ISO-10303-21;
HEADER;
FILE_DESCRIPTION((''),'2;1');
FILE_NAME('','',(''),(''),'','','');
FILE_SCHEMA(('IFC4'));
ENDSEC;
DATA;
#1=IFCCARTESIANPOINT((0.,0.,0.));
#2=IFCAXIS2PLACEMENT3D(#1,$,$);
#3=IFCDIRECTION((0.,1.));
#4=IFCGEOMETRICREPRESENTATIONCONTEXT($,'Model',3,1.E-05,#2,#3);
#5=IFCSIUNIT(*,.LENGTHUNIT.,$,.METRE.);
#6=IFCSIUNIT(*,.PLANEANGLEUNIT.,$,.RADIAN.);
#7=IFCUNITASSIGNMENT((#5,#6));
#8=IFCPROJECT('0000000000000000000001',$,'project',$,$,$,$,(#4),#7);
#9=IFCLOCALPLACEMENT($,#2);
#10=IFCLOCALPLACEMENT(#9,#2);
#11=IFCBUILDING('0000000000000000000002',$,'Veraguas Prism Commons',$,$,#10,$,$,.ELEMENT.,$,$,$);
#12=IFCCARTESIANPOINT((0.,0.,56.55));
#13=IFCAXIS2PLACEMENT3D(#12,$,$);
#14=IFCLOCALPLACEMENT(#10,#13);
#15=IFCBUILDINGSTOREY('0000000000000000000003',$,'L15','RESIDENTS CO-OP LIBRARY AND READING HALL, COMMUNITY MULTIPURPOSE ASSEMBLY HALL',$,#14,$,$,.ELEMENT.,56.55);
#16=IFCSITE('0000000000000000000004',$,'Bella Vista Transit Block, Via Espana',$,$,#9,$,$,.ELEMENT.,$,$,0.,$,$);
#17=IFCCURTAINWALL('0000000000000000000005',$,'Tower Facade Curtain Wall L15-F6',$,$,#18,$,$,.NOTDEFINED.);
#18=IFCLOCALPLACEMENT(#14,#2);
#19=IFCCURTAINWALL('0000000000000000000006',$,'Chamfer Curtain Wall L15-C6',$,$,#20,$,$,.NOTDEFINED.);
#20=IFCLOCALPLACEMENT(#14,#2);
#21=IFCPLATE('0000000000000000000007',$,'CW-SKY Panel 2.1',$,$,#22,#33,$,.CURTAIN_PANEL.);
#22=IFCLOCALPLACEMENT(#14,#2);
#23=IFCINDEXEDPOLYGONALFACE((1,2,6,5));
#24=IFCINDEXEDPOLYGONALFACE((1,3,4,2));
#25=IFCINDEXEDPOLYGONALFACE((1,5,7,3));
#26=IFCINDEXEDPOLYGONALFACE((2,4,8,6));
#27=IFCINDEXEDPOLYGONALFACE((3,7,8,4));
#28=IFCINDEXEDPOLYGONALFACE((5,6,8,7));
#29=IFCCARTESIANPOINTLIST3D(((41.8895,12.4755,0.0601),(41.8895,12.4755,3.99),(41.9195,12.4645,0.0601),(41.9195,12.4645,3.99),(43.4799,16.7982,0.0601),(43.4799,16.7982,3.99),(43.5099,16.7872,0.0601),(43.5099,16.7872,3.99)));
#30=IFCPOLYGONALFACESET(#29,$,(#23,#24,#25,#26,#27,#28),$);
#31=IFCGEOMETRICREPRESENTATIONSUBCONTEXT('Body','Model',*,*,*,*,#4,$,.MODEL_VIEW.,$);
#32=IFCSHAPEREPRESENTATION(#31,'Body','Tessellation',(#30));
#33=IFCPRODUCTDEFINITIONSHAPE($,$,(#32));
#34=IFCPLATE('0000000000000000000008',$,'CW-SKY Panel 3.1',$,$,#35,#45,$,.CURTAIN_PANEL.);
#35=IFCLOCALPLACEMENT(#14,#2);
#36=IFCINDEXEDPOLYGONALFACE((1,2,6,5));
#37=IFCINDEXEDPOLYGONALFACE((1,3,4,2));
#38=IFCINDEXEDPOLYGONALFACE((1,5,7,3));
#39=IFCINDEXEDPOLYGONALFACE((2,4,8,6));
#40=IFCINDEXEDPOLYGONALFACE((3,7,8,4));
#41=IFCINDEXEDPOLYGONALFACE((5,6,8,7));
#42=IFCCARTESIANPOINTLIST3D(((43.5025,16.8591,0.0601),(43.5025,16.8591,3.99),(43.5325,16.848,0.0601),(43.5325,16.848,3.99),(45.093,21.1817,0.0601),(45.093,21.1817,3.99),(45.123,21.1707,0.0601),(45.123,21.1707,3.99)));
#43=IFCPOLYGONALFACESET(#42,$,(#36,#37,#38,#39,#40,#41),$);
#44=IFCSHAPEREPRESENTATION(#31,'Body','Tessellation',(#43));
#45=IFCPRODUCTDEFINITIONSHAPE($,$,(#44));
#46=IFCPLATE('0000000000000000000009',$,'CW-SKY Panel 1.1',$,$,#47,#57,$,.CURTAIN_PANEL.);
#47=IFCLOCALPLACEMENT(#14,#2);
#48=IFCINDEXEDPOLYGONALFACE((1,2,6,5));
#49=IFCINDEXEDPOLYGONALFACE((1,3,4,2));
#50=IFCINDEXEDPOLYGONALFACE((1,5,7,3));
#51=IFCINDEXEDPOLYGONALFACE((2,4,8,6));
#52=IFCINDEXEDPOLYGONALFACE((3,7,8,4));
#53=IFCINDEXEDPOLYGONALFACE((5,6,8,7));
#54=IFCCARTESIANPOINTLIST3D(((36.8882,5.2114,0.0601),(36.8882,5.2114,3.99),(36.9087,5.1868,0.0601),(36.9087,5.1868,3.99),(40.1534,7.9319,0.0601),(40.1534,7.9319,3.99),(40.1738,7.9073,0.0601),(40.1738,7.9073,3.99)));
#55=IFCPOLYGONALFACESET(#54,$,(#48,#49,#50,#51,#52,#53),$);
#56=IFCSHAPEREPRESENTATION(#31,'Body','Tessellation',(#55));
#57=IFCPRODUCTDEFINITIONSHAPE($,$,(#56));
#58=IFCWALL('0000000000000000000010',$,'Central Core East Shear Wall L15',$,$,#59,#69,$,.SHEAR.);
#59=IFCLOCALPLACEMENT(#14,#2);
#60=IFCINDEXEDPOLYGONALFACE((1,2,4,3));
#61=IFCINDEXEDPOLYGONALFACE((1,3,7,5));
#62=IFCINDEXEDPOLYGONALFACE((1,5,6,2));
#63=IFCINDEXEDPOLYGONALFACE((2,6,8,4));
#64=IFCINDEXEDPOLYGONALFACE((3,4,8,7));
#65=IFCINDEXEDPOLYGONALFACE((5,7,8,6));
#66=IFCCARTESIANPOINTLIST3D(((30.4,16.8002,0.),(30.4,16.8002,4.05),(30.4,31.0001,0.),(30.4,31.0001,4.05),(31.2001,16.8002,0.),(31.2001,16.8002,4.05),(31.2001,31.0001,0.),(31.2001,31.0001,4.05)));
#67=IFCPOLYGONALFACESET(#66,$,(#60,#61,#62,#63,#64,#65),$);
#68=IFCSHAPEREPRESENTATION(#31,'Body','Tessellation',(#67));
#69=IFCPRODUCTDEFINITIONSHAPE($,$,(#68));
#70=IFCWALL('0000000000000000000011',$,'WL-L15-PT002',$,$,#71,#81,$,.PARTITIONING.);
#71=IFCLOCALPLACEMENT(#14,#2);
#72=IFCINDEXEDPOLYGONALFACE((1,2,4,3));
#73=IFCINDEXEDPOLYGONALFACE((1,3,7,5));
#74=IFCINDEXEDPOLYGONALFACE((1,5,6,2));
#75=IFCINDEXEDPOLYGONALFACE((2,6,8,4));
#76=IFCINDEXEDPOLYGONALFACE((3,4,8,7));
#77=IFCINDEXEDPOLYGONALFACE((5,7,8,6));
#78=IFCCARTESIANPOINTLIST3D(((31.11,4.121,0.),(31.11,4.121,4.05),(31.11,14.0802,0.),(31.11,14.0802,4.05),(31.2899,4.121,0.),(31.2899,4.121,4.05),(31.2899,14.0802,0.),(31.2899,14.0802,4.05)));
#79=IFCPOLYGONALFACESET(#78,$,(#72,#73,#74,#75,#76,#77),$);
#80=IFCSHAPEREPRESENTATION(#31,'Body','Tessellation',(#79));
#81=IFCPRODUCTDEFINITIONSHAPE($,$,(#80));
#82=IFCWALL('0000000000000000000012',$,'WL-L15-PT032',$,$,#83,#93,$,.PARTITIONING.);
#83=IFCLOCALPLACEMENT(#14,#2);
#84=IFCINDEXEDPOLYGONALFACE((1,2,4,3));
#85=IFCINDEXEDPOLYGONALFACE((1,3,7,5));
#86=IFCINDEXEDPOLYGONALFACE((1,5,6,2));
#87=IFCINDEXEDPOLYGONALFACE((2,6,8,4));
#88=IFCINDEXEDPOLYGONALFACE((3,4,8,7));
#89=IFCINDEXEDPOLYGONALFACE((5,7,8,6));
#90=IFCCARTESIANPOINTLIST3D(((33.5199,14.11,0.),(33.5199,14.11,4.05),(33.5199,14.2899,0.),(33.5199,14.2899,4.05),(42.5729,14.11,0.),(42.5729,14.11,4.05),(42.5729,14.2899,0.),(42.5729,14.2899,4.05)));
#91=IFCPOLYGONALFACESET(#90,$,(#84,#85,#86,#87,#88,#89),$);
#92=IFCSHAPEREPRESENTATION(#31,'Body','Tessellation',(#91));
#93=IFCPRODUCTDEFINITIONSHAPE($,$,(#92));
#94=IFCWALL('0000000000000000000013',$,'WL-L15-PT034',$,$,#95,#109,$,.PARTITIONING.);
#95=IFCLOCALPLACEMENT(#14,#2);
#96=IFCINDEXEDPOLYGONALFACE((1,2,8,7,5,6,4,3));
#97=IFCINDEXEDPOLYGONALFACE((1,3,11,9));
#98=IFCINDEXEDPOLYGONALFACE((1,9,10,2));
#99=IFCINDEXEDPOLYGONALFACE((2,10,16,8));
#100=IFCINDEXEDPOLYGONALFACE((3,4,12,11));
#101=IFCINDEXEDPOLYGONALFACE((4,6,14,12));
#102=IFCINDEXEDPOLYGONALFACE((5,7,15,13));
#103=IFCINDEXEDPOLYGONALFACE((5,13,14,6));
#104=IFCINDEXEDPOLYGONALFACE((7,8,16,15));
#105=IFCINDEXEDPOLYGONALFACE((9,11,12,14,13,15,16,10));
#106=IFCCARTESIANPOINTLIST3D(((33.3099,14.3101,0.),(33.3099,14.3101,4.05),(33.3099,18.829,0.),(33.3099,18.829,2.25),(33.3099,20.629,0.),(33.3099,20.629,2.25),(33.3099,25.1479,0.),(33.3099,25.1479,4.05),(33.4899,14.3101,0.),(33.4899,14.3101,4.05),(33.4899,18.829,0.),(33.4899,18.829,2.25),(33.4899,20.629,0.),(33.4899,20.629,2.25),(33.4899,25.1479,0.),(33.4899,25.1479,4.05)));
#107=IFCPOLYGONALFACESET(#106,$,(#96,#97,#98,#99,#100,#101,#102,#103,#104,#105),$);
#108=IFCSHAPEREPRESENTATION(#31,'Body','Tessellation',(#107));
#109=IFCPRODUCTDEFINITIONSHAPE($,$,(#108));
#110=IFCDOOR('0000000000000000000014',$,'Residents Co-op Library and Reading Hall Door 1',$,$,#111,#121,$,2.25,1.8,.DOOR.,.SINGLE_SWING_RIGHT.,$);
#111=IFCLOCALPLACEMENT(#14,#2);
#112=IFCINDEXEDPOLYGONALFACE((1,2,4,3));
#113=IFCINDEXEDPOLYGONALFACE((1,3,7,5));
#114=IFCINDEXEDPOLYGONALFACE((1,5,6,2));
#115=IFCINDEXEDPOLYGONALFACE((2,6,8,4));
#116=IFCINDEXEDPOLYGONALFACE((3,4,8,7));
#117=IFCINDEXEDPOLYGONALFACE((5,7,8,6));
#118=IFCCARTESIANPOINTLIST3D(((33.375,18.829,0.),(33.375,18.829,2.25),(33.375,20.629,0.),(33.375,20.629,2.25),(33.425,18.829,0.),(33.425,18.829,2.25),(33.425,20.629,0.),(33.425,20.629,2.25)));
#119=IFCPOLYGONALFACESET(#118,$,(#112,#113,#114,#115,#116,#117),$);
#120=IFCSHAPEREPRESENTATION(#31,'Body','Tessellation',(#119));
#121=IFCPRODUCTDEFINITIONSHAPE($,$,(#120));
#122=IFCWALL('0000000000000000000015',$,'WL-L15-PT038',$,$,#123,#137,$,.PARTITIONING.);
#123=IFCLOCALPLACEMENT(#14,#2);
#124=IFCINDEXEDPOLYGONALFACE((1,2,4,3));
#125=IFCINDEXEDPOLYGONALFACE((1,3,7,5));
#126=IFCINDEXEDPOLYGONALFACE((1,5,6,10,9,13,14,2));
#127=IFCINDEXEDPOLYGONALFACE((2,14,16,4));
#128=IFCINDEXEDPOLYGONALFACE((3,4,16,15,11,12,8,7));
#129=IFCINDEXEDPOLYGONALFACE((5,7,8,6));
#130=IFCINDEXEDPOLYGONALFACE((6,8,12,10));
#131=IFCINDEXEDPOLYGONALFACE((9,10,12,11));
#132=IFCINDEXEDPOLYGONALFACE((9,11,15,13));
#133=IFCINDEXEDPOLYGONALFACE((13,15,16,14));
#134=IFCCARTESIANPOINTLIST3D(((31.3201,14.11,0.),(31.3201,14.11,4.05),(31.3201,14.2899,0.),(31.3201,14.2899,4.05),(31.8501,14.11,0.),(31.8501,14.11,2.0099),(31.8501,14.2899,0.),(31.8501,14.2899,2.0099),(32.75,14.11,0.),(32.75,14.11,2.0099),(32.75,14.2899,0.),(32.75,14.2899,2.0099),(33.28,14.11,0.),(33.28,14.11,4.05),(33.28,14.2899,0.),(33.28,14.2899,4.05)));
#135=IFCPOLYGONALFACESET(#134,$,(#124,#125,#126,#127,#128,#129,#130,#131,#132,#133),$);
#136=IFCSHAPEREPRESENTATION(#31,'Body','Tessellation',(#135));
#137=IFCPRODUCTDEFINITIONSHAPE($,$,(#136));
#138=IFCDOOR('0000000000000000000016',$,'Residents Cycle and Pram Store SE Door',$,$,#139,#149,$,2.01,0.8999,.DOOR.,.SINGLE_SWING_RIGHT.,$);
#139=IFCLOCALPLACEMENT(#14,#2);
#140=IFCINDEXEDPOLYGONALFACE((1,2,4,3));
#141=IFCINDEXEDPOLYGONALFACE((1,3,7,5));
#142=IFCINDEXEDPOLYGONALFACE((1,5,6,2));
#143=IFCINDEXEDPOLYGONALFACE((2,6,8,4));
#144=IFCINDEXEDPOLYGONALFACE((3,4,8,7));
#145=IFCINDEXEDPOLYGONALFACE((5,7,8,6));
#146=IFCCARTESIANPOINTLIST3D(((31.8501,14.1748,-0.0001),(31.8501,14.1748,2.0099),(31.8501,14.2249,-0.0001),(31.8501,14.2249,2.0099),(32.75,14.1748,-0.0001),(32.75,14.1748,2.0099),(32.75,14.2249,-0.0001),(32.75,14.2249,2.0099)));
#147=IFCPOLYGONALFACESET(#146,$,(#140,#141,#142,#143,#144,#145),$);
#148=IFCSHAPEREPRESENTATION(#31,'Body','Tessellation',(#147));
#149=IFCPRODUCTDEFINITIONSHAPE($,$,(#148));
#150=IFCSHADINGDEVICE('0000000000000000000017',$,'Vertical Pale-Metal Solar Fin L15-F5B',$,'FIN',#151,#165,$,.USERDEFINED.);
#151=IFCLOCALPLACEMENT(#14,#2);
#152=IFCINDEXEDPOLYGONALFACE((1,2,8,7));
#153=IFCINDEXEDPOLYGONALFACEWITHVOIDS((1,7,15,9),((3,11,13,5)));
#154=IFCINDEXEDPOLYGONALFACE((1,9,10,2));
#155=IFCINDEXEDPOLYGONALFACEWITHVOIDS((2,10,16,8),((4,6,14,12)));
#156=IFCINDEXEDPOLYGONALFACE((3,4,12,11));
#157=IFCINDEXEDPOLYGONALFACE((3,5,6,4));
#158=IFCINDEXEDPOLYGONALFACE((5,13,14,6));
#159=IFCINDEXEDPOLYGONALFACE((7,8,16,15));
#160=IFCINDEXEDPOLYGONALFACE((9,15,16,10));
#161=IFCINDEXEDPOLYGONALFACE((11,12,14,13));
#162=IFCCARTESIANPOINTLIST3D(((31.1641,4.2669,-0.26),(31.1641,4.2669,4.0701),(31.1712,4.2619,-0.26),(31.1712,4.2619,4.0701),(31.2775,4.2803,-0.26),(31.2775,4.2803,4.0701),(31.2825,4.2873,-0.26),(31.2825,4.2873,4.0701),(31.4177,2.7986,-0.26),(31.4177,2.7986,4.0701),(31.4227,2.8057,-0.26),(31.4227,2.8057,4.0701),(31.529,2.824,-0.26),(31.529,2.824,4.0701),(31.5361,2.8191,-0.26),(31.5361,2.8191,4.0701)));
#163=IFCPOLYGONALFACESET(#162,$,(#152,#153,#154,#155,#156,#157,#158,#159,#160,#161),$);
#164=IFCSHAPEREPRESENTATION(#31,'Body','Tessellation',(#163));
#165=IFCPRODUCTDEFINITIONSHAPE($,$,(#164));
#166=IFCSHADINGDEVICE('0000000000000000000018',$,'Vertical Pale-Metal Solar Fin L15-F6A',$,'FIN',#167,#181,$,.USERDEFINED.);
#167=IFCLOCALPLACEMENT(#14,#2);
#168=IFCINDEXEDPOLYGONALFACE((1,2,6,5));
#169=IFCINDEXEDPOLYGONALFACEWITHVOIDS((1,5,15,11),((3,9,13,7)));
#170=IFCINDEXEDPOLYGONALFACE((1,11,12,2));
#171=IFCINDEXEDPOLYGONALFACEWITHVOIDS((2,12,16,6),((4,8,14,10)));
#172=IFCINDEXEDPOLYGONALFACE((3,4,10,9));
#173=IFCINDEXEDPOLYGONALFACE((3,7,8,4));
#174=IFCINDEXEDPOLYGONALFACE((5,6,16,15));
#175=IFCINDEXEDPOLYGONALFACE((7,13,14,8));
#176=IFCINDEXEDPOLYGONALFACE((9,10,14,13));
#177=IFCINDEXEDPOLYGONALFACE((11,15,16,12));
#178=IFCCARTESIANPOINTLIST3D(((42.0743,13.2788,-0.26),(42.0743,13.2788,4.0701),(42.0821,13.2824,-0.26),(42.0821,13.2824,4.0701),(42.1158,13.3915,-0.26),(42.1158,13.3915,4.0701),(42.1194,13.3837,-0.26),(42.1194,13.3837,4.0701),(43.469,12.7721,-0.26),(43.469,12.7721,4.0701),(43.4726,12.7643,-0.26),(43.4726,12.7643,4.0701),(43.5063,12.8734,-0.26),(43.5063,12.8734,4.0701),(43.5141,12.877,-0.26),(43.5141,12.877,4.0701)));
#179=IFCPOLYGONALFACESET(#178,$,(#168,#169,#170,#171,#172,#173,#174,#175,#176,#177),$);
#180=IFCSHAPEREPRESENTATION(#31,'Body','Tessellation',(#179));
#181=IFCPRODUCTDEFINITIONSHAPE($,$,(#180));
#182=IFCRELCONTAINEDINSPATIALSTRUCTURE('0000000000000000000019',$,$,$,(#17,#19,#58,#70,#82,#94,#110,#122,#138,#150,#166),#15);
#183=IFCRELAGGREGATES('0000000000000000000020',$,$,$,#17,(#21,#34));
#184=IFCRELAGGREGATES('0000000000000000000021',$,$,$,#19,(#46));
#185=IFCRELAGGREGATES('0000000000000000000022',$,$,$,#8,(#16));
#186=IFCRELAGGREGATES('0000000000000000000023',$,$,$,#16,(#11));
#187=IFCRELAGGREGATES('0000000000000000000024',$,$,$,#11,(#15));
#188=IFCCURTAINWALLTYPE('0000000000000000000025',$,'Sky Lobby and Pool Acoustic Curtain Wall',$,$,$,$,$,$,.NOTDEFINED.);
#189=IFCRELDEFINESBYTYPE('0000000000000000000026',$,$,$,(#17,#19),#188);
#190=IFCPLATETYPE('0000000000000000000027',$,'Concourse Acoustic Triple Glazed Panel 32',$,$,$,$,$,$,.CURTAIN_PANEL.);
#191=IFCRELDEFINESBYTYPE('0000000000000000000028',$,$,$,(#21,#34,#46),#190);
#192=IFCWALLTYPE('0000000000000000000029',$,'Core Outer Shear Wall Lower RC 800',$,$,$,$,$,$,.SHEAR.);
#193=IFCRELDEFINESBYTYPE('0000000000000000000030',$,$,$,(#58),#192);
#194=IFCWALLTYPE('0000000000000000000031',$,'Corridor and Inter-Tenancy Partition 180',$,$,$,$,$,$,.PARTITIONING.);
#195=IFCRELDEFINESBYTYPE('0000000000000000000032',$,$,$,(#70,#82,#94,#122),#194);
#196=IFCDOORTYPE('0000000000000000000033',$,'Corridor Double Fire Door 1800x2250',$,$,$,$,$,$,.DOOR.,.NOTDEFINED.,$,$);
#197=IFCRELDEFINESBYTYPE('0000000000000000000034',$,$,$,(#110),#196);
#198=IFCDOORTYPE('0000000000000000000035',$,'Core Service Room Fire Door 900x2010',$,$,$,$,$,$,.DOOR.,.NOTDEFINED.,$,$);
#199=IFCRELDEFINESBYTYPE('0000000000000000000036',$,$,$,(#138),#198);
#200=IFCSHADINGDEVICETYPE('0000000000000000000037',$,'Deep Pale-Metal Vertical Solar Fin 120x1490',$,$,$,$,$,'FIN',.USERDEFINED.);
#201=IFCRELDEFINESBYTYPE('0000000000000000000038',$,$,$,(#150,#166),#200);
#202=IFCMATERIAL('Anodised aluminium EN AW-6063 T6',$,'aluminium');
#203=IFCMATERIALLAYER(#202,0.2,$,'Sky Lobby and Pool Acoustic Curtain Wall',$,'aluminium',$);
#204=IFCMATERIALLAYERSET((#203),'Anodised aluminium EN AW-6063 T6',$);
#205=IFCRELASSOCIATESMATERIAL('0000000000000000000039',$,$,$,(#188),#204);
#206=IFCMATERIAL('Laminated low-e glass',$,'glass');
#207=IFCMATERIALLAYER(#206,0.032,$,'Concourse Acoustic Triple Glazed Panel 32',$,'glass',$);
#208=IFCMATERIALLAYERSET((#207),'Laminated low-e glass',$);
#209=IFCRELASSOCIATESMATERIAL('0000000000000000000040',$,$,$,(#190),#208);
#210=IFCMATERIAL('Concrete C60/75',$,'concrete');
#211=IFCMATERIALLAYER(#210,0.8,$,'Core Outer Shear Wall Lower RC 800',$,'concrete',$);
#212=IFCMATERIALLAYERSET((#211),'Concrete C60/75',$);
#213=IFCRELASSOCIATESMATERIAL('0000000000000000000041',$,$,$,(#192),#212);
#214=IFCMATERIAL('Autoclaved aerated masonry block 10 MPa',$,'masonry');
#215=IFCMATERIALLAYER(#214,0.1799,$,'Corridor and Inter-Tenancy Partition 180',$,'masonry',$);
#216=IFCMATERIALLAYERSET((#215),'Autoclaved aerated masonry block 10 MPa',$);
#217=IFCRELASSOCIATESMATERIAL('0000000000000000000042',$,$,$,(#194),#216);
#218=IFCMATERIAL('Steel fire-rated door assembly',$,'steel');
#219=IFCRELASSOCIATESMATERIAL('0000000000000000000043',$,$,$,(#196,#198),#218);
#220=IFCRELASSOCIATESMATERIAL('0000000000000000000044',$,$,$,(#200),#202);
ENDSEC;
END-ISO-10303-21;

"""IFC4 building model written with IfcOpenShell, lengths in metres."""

from ifc_helpers import new_model, si_unit, direction, frame, frame_2d, origin, origin_2d, place, context, subcontext, project, spatial, rectangle, hollow_rectangle, extrude, source, transform, mapped, material, layer, layer_set, material_profile, profile_set, type_object, element, fill, aggregate, save


model = new_model("IFC4")

# Units and contexts
model_context = context("Model", 3, precision=1e-05, world=origin(), true_north=direction((0.0, 1.0)))
body_context = subcontext(model_context, "Body", "Model", "MODEL_VIEW")
ifc_project = project(units=[si_unit("LENGTHUNIT", "METRE"), si_unit("PLANEANGLEUNIT", "RADIAN")], contexts=[model_context])

# Site, building, storey
site_placement = place(None, origin())
site = spatial("IfcSite", under=ifc_project, at=site_placement, Name="Bella Vista Transit Block, Via Espana", CompositionType="ELEMENT", RefElevation=0.0)
building_placement = place(site_placement, origin())
building = spatial("IfcBuilding", under=site, at=building_placement, Name="Veraguas Prism Commons", CompositionType="ELEMENT")
storey_placement = place(building_placement, frame((0.0, 0.0, 56.55)))
storey = spatial("IfcBuildingStorey", under=building, at=storey_placement, Name="L15", Description="RESIDENTS CO-OP LIBRARY AND READING HALL, COMMUNITY MULTIPURPOSE ASSEMBLY HALL", CompositionType="ELEMENT", Elevation=56.55)

# Shared definitions
ifc_material_1 = material(Name="Concrete C60/75", Category="concrete")

# Curtain walls
ifc_material_2 = material(Name="Anodised aluminium EN AW-6063 T6", Category="aluminium")
ifc_layer_1 = layer(ifc_material_2, 0.2, Name="Sky Lobby and Pool Acoustic Curtain Wall", Category="aluminium")
ifc_layer_set_1 = layer_set([ifc_layer_1], Name="Anodised aluminium EN AW-6063 T6")
curtain_wall_type = type_object("IfcCurtainWallType", Name="Sky Lobby and Pool Acoustic Curtain Wall", PredefinedType="NOTDEFINED", material=ifc_layer_set_1)
curtain_wall_1_placement = place(storey_placement, origin())
curtain_wall_1 = element("IfcCurtainWall", 1, at=curtain_wall_1_placement, inside=storey, type_object=curtain_wall_type, Name="Tower Facade Curtain Wall L15-F6", PredefinedType="NOTDEFINED")
curtain_wall_2_placement = place(storey_placement, origin())
curtain_wall_2 = element("IfcCurtainWall", 2, at=curtain_wall_2_placement, inside=storey, type_object=curtain_wall_type, Name="Chamfer Curtain Wall L15-C6", PredefinedType="NOTDEFINED")

# Plates
ifc_material_3 = material(Name="Laminated low-e glass", Category="glass")
ifc_layer_2 = layer(ifc_material_3, 0.032, Name="Concourse Acoustic Triple Glazed Panel 32", Category="glass")
ifc_layer_set_2 = layer_set([ifc_layer_2], Name="Laminated low-e glass")
plate_type = type_object("IfcPlateType", Name="Concourse Acoustic Triple Glazed Panel 32", PredefinedType="CURTAIN_PANEL", material=ifc_layer_set_2)
shared_shape_1 = source(origin(), body_context, "Body", "SweptSolid", [
    extrude(rectangle(XDim=4.606, YDim=0.032, at=origin_2d()), origin(), (0.0, 0.0, 1.0), 3.9299),
])
plate_1_placement = place(storey_placement, frame((42.6997, 14.6313, 0.0601), z_axis=(0.0, 0.0, 1.0), x_axis=(0.345301, 0.938492, 0.0)))
plate_1 = element("IfcPlate", 3, at=plate_1_placement, type_object=plate_type, Name="CW-SKY Panel 2.1", PredefinedType="CURTAIN_PANEL", context=body_context, shape_type="MappedRepresentation", body=[
    mapped(shared_shape_1, transform((0.0, 0.0, 0.0), scale=1.0)),
])
plate_2_placement = place(storey_placement, frame((44.3127, 19.0149, 0.0601), z_axis=(0.0, 0.0, 1.0), x_axis=(0.345301, 0.938492, 0.0)))
plate_2 = element("IfcPlate", 4, at=plate_2_placement, type_object=plate_type, Name="CW-SKY Panel 3.1", PredefinedType="CURTAIN_PANEL", context=body_context, shape_type="MappedRepresentation", body=[
    mapped(shared_shape_1, transform((0.0, 0.0, 0.0), scale=1.0)),
])
aggregate(curtain_wall_1, [plate_1, plate_2])
shared_shape_2 = source(origin(), body_context, "Body", "SweptSolid", [
    extrude(rectangle(XDim=4.25, YDim=0.032, at=origin_2d()), origin(), (0.0, 0.0, 1.0), 3.9299),
])
plate_3_placement = place(storey_placement, frame((38.531, 6.5593, 0.0601), z_axis=(0.0, 0.0, 1.0), x_axis=(0.768273, 0.640122, 0.0)))
plate_3 = element("IfcPlate", 5, at=plate_3_placement, type_object=plate_type, Name="CW-SKY Panel 1.1", PredefinedType="CURTAIN_PANEL", context=body_context, shape_type="MappedRepresentation", body=[
    mapped(shared_shape_2, transform((0.0, 0.0, 0.0), scale=1.0)),
])
aggregate(curtain_wall_2, [plate_3])

# Walls
ifc_layer_3 = layer(ifc_material_1, 0.8, Name="Core Outer Shear Wall Lower RC 800", Category="concrete")
ifc_layer_set_3 = layer_set([ifc_layer_3], Name="Concrete C60/75")
wall_type_1 = type_object("IfcWallType", Name="Core Outer Shear Wall Lower RC 800", PredefinedType="SHEAR", material=ifc_layer_set_3)
wall_1_placement = place(storey_placement, frame((30.8, 16.8, 0.0), z_axis=(0.0, 0.0, 1.0), x_axis=(0.0, 1.0, 0.0)))
element("IfcWall", 6, at=wall_1_placement, inside=storey, type_object=wall_type_1, Name="Central Core East Shear Wall L15", PredefinedType="SHEAR", context=body_context, shape_type="SweptSolid", body=[
    extrude(rectangle(XDim=14.2, YDim=0.8, at=frame_2d((7.1001, 0.0))), origin(), (0.0, 0.0, 1.0), 4.05),
])
ifc_material_4 = material(Name="Autoclaved aerated masonry block 10 MPa", Category="masonry")
ifc_layer_4 = layer(ifc_material_4, 0.1799, Name="Corridor and Inter-Tenancy Partition 180", Category="masonry")
ifc_layer_set_4 = layer_set([ifc_layer_4], Name="Autoclaved aerated masonry block 10 MPa")
wall_type_2 = type_object("IfcWallType", Name="Corridor and Inter-Tenancy Partition 180", PredefinedType="PARTITIONING", material=ifc_layer_set_4)
wall_2_placement = place(storey_placement, frame((31.2, 14.0801, 0.0), z_axis=(0.0, 0.0, 1.0), x_axis=(0.0, -1.0, 0.0)))
element("IfcWall", 7, at=wall_2_placement, inside=storey, type_object=wall_type_2, Name="WL-L15-PT002", PredefinedType="PARTITIONING", context=body_context, shape_type="SweptSolid", body=[
    extrude(rectangle(XDim=9.9592, YDim=0.1799, at=frame_2d((4.9795, 0.0))), origin(), (0.0, 0.0, 1.0), 4.05),
])
wall_3_placement = place(storey_placement, frame((33.52, 14.2, 0.0), z_axis=(0.0, 0.0, 1.0), x_axis=(1.0, 0.0, 0.0)))
element("IfcWall", 8, at=wall_3_placement, inside=storey, type_object=wall_type_2, Name="WL-L15-PT032", PredefinedType="PARTITIONING", context=body_context, shape_type="SweptSolid", body=[
    extrude(rectangle(XDim=9.053, YDim=0.1799, at=frame_2d((4.5264, 0.0))), origin(), (0.0, 0.0, 1.0), 4.05),
])

# Walls, openings, doors
wall_4_placement = place(storey_placement, frame((33.3999, 14.3101, 0.0), z_axis=(0.0, 0.0, 1.0), x_axis=(0.0, 1.0, 0.0)))
wall_4 = element("IfcWall", 9, at=wall_4_placement, inside=storey, type_object=wall_type_2, Name="WL-L15-PT034", PredefinedType="PARTITIONING", context=body_context, shape_type="SweptSolid", body=[
    extrude(rectangle(XDim=10.8379, YDim=0.1799, at=frame_2d((5.4189, 0.0))), origin(), (0.0, 0.0, 1.0), 4.05),
])
opening_1_placement = place(wall_4_placement, frame((4.519, 0.0, 0.0)))
opening_1 = element("IfcOpeningElement", 10, at=opening_1_placement, cuts=wall_4, PredefinedType="OPENING", context=body_context, shape_type="SweptSolid", body=[
    extrude(rectangle(XDim=1.8, YDim=2.25, at=frame_2d((0.8999, 1.125))), frame((0.0, 0.0999, 0.0), z_axis=(0.0, -1.0, 0.0), x_axis=(1.0, 0.0, 0.0)), (0.0, 0.0, 1.0), 0.2),
])
ifc_material_5 = material(Name="Steel fire-rated door assembly", Category="steel")
door_type_1 = type_object("IfcDoorType", Name="Corridor Double Fire Door 1800x2250", OperationType="NOTDEFINED", PredefinedType="DOOR", material=ifc_material_5)
shared_shape_3 = source(origin(), body_context, "Body", "SweptSolid", [
    extrude(rectangle(XDim=1.8, YDim=2.25, at=frame_2d((0.8999, 1.125))), frame((0.0, 0.0249, 0.0), z_axis=(0.0, -1.0, 0.0), x_axis=(1.0, 0.0, 0.0)), (0.0, 0.0, 1.0), 0.05),
])
door_1_placement = place(opening_1_placement, origin())
door_1 = element("IfcDoor", 11, at=door_1_placement, inside=storey, type_object=door_type_1, Name="Residents Co-op Library and Reading Hall Door 1", OperationType="SINGLE_SWING_RIGHT", OverallHeight=2.25, OverallWidth=1.8, PredefinedType="DOOR", context=body_context, shape_type="MappedRepresentation", body=[
    mapped(shared_shape_3, transform((0.0, 0.0, 0.0), scale=1.0)),
])
fill(opening_1, door_1)
wall_5_placement = place(storey_placement, frame((31.3201, 14.2, 0.0), z_axis=(0.0, 0.0, 1.0), x_axis=(1.0, 0.0, 0.0)))
wall_5 = element("IfcWall", 12, at=wall_5_placement, inside=storey, type_object=wall_type_2, Name="WL-L15-PT038", PredefinedType="PARTITIONING", context=body_context, shape_type="SweptSolid", body=[
    extrude(rectangle(XDim=1.96, YDim=0.1799, at=frame_2d((0.98, 0.0))), origin(), (0.0, 0.0, 1.0), 4.05),
])
opening_2_placement = place(wall_5_placement, frame((0.53, 0.0, 0.0)))
opening_2 = element("IfcOpeningElement", 13, at=opening_2_placement, cuts=wall_5, PredefinedType="OPENING", context=body_context, shape_type="SweptSolid", body=[
    extrude(rectangle(XDim=0.8999, YDim=2.01, at=frame_2d((0.45, 1.0049))), frame((0.0, 0.0999, 0.0), z_axis=(0.0, -1.0, 0.0), x_axis=(1.0, 0.0, 0.0)), (0.0, 0.0, 1.0), 0.2),
])
door_type_2 = type_object("IfcDoorType", Name="Core Service Room Fire Door 900x2010", OperationType="NOTDEFINED", PredefinedType="DOOR", material=ifc_material_5)
shared_shape_4 = source(origin(), body_context, "Body", "SweptSolid", [
    extrude(rectangle(XDim=0.8999, YDim=2.01, at=frame_2d((0.45, 1.0049))), frame((0.0, 0.0249, 0.0), z_axis=(0.0, -1.0, 0.0), x_axis=(1.0, 0.0, 0.0)), (0.0, 0.0, 1.0), 0.05),
])
door_2_placement = place(opening_2_placement, origin())
door_2 = element("IfcDoor", 14, at=door_2_placement, inside=storey, type_object=door_type_2, Name="Residents Cycle and Pram Store SE Door", OperationType="SINGLE_SWING_RIGHT", OverallHeight=2.01, OverallWidth=0.8999, PredefinedType="DOOR", context=body_context, shape_type="MappedRepresentation", body=[
    mapped(shared_shape_4, transform((0.0, 0.0, 0.0), scale=1.0)),
])
fill(opening_2, door_2)

# Shading devices
ifc_material_profile_1 = material_profile(ifc_material_2, hollow_rectangle(XDim=0.1201, YDim=1.49, WallThickness=0.0061, at=origin_2d()), Name="FIN120X1490X6")
ifc_profile_set_1 = profile_set([ifc_material_profile_1], Name="Anodised aluminium EN AW-6063 T6")
shading_device_type = type_object("IfcShadingDeviceType", Name="Deep Pale-Metal Vertical Solar Fin 120x1490", ElementType="FIN", PredefinedType="USERDEFINED", material=ifc_profile_set_1)
for number, where, z_axis, x_axis, name in (
    (15, (31.3501, 3.543, -0.26), (0.0, 0.0, 1.0), (0.985408, 0.170209, 0.0), "Vertical Pale-Metal Solar Fin L15-F5B"),
    (16, (42.7942, 13.0779, -0.26), (0.0, 0.0, 1.0), (0.345301, 0.938492, 0.0), "Vertical Pale-Metal Solar Fin L15-F6A"),
):
    element("IfcShadingDevice", number, at=place(storey_placement, frame(where, z_axis=z_axis, x_axis=x_axis)), inside=storey, type_object=shading_device_type, Name=name, ObjectType="FIN", PredefinedType="USERDEFINED", context=body_context, shape_type="SweptSolid", body=[
        extrude(hollow_rectangle(XDim=0.1201, YDim=1.49, WallThickness=0.0061, at=origin_2d()), origin(), (0.0, 0.0, 1.0), 4.3301),
    ])

save(model, "model.ifc")
